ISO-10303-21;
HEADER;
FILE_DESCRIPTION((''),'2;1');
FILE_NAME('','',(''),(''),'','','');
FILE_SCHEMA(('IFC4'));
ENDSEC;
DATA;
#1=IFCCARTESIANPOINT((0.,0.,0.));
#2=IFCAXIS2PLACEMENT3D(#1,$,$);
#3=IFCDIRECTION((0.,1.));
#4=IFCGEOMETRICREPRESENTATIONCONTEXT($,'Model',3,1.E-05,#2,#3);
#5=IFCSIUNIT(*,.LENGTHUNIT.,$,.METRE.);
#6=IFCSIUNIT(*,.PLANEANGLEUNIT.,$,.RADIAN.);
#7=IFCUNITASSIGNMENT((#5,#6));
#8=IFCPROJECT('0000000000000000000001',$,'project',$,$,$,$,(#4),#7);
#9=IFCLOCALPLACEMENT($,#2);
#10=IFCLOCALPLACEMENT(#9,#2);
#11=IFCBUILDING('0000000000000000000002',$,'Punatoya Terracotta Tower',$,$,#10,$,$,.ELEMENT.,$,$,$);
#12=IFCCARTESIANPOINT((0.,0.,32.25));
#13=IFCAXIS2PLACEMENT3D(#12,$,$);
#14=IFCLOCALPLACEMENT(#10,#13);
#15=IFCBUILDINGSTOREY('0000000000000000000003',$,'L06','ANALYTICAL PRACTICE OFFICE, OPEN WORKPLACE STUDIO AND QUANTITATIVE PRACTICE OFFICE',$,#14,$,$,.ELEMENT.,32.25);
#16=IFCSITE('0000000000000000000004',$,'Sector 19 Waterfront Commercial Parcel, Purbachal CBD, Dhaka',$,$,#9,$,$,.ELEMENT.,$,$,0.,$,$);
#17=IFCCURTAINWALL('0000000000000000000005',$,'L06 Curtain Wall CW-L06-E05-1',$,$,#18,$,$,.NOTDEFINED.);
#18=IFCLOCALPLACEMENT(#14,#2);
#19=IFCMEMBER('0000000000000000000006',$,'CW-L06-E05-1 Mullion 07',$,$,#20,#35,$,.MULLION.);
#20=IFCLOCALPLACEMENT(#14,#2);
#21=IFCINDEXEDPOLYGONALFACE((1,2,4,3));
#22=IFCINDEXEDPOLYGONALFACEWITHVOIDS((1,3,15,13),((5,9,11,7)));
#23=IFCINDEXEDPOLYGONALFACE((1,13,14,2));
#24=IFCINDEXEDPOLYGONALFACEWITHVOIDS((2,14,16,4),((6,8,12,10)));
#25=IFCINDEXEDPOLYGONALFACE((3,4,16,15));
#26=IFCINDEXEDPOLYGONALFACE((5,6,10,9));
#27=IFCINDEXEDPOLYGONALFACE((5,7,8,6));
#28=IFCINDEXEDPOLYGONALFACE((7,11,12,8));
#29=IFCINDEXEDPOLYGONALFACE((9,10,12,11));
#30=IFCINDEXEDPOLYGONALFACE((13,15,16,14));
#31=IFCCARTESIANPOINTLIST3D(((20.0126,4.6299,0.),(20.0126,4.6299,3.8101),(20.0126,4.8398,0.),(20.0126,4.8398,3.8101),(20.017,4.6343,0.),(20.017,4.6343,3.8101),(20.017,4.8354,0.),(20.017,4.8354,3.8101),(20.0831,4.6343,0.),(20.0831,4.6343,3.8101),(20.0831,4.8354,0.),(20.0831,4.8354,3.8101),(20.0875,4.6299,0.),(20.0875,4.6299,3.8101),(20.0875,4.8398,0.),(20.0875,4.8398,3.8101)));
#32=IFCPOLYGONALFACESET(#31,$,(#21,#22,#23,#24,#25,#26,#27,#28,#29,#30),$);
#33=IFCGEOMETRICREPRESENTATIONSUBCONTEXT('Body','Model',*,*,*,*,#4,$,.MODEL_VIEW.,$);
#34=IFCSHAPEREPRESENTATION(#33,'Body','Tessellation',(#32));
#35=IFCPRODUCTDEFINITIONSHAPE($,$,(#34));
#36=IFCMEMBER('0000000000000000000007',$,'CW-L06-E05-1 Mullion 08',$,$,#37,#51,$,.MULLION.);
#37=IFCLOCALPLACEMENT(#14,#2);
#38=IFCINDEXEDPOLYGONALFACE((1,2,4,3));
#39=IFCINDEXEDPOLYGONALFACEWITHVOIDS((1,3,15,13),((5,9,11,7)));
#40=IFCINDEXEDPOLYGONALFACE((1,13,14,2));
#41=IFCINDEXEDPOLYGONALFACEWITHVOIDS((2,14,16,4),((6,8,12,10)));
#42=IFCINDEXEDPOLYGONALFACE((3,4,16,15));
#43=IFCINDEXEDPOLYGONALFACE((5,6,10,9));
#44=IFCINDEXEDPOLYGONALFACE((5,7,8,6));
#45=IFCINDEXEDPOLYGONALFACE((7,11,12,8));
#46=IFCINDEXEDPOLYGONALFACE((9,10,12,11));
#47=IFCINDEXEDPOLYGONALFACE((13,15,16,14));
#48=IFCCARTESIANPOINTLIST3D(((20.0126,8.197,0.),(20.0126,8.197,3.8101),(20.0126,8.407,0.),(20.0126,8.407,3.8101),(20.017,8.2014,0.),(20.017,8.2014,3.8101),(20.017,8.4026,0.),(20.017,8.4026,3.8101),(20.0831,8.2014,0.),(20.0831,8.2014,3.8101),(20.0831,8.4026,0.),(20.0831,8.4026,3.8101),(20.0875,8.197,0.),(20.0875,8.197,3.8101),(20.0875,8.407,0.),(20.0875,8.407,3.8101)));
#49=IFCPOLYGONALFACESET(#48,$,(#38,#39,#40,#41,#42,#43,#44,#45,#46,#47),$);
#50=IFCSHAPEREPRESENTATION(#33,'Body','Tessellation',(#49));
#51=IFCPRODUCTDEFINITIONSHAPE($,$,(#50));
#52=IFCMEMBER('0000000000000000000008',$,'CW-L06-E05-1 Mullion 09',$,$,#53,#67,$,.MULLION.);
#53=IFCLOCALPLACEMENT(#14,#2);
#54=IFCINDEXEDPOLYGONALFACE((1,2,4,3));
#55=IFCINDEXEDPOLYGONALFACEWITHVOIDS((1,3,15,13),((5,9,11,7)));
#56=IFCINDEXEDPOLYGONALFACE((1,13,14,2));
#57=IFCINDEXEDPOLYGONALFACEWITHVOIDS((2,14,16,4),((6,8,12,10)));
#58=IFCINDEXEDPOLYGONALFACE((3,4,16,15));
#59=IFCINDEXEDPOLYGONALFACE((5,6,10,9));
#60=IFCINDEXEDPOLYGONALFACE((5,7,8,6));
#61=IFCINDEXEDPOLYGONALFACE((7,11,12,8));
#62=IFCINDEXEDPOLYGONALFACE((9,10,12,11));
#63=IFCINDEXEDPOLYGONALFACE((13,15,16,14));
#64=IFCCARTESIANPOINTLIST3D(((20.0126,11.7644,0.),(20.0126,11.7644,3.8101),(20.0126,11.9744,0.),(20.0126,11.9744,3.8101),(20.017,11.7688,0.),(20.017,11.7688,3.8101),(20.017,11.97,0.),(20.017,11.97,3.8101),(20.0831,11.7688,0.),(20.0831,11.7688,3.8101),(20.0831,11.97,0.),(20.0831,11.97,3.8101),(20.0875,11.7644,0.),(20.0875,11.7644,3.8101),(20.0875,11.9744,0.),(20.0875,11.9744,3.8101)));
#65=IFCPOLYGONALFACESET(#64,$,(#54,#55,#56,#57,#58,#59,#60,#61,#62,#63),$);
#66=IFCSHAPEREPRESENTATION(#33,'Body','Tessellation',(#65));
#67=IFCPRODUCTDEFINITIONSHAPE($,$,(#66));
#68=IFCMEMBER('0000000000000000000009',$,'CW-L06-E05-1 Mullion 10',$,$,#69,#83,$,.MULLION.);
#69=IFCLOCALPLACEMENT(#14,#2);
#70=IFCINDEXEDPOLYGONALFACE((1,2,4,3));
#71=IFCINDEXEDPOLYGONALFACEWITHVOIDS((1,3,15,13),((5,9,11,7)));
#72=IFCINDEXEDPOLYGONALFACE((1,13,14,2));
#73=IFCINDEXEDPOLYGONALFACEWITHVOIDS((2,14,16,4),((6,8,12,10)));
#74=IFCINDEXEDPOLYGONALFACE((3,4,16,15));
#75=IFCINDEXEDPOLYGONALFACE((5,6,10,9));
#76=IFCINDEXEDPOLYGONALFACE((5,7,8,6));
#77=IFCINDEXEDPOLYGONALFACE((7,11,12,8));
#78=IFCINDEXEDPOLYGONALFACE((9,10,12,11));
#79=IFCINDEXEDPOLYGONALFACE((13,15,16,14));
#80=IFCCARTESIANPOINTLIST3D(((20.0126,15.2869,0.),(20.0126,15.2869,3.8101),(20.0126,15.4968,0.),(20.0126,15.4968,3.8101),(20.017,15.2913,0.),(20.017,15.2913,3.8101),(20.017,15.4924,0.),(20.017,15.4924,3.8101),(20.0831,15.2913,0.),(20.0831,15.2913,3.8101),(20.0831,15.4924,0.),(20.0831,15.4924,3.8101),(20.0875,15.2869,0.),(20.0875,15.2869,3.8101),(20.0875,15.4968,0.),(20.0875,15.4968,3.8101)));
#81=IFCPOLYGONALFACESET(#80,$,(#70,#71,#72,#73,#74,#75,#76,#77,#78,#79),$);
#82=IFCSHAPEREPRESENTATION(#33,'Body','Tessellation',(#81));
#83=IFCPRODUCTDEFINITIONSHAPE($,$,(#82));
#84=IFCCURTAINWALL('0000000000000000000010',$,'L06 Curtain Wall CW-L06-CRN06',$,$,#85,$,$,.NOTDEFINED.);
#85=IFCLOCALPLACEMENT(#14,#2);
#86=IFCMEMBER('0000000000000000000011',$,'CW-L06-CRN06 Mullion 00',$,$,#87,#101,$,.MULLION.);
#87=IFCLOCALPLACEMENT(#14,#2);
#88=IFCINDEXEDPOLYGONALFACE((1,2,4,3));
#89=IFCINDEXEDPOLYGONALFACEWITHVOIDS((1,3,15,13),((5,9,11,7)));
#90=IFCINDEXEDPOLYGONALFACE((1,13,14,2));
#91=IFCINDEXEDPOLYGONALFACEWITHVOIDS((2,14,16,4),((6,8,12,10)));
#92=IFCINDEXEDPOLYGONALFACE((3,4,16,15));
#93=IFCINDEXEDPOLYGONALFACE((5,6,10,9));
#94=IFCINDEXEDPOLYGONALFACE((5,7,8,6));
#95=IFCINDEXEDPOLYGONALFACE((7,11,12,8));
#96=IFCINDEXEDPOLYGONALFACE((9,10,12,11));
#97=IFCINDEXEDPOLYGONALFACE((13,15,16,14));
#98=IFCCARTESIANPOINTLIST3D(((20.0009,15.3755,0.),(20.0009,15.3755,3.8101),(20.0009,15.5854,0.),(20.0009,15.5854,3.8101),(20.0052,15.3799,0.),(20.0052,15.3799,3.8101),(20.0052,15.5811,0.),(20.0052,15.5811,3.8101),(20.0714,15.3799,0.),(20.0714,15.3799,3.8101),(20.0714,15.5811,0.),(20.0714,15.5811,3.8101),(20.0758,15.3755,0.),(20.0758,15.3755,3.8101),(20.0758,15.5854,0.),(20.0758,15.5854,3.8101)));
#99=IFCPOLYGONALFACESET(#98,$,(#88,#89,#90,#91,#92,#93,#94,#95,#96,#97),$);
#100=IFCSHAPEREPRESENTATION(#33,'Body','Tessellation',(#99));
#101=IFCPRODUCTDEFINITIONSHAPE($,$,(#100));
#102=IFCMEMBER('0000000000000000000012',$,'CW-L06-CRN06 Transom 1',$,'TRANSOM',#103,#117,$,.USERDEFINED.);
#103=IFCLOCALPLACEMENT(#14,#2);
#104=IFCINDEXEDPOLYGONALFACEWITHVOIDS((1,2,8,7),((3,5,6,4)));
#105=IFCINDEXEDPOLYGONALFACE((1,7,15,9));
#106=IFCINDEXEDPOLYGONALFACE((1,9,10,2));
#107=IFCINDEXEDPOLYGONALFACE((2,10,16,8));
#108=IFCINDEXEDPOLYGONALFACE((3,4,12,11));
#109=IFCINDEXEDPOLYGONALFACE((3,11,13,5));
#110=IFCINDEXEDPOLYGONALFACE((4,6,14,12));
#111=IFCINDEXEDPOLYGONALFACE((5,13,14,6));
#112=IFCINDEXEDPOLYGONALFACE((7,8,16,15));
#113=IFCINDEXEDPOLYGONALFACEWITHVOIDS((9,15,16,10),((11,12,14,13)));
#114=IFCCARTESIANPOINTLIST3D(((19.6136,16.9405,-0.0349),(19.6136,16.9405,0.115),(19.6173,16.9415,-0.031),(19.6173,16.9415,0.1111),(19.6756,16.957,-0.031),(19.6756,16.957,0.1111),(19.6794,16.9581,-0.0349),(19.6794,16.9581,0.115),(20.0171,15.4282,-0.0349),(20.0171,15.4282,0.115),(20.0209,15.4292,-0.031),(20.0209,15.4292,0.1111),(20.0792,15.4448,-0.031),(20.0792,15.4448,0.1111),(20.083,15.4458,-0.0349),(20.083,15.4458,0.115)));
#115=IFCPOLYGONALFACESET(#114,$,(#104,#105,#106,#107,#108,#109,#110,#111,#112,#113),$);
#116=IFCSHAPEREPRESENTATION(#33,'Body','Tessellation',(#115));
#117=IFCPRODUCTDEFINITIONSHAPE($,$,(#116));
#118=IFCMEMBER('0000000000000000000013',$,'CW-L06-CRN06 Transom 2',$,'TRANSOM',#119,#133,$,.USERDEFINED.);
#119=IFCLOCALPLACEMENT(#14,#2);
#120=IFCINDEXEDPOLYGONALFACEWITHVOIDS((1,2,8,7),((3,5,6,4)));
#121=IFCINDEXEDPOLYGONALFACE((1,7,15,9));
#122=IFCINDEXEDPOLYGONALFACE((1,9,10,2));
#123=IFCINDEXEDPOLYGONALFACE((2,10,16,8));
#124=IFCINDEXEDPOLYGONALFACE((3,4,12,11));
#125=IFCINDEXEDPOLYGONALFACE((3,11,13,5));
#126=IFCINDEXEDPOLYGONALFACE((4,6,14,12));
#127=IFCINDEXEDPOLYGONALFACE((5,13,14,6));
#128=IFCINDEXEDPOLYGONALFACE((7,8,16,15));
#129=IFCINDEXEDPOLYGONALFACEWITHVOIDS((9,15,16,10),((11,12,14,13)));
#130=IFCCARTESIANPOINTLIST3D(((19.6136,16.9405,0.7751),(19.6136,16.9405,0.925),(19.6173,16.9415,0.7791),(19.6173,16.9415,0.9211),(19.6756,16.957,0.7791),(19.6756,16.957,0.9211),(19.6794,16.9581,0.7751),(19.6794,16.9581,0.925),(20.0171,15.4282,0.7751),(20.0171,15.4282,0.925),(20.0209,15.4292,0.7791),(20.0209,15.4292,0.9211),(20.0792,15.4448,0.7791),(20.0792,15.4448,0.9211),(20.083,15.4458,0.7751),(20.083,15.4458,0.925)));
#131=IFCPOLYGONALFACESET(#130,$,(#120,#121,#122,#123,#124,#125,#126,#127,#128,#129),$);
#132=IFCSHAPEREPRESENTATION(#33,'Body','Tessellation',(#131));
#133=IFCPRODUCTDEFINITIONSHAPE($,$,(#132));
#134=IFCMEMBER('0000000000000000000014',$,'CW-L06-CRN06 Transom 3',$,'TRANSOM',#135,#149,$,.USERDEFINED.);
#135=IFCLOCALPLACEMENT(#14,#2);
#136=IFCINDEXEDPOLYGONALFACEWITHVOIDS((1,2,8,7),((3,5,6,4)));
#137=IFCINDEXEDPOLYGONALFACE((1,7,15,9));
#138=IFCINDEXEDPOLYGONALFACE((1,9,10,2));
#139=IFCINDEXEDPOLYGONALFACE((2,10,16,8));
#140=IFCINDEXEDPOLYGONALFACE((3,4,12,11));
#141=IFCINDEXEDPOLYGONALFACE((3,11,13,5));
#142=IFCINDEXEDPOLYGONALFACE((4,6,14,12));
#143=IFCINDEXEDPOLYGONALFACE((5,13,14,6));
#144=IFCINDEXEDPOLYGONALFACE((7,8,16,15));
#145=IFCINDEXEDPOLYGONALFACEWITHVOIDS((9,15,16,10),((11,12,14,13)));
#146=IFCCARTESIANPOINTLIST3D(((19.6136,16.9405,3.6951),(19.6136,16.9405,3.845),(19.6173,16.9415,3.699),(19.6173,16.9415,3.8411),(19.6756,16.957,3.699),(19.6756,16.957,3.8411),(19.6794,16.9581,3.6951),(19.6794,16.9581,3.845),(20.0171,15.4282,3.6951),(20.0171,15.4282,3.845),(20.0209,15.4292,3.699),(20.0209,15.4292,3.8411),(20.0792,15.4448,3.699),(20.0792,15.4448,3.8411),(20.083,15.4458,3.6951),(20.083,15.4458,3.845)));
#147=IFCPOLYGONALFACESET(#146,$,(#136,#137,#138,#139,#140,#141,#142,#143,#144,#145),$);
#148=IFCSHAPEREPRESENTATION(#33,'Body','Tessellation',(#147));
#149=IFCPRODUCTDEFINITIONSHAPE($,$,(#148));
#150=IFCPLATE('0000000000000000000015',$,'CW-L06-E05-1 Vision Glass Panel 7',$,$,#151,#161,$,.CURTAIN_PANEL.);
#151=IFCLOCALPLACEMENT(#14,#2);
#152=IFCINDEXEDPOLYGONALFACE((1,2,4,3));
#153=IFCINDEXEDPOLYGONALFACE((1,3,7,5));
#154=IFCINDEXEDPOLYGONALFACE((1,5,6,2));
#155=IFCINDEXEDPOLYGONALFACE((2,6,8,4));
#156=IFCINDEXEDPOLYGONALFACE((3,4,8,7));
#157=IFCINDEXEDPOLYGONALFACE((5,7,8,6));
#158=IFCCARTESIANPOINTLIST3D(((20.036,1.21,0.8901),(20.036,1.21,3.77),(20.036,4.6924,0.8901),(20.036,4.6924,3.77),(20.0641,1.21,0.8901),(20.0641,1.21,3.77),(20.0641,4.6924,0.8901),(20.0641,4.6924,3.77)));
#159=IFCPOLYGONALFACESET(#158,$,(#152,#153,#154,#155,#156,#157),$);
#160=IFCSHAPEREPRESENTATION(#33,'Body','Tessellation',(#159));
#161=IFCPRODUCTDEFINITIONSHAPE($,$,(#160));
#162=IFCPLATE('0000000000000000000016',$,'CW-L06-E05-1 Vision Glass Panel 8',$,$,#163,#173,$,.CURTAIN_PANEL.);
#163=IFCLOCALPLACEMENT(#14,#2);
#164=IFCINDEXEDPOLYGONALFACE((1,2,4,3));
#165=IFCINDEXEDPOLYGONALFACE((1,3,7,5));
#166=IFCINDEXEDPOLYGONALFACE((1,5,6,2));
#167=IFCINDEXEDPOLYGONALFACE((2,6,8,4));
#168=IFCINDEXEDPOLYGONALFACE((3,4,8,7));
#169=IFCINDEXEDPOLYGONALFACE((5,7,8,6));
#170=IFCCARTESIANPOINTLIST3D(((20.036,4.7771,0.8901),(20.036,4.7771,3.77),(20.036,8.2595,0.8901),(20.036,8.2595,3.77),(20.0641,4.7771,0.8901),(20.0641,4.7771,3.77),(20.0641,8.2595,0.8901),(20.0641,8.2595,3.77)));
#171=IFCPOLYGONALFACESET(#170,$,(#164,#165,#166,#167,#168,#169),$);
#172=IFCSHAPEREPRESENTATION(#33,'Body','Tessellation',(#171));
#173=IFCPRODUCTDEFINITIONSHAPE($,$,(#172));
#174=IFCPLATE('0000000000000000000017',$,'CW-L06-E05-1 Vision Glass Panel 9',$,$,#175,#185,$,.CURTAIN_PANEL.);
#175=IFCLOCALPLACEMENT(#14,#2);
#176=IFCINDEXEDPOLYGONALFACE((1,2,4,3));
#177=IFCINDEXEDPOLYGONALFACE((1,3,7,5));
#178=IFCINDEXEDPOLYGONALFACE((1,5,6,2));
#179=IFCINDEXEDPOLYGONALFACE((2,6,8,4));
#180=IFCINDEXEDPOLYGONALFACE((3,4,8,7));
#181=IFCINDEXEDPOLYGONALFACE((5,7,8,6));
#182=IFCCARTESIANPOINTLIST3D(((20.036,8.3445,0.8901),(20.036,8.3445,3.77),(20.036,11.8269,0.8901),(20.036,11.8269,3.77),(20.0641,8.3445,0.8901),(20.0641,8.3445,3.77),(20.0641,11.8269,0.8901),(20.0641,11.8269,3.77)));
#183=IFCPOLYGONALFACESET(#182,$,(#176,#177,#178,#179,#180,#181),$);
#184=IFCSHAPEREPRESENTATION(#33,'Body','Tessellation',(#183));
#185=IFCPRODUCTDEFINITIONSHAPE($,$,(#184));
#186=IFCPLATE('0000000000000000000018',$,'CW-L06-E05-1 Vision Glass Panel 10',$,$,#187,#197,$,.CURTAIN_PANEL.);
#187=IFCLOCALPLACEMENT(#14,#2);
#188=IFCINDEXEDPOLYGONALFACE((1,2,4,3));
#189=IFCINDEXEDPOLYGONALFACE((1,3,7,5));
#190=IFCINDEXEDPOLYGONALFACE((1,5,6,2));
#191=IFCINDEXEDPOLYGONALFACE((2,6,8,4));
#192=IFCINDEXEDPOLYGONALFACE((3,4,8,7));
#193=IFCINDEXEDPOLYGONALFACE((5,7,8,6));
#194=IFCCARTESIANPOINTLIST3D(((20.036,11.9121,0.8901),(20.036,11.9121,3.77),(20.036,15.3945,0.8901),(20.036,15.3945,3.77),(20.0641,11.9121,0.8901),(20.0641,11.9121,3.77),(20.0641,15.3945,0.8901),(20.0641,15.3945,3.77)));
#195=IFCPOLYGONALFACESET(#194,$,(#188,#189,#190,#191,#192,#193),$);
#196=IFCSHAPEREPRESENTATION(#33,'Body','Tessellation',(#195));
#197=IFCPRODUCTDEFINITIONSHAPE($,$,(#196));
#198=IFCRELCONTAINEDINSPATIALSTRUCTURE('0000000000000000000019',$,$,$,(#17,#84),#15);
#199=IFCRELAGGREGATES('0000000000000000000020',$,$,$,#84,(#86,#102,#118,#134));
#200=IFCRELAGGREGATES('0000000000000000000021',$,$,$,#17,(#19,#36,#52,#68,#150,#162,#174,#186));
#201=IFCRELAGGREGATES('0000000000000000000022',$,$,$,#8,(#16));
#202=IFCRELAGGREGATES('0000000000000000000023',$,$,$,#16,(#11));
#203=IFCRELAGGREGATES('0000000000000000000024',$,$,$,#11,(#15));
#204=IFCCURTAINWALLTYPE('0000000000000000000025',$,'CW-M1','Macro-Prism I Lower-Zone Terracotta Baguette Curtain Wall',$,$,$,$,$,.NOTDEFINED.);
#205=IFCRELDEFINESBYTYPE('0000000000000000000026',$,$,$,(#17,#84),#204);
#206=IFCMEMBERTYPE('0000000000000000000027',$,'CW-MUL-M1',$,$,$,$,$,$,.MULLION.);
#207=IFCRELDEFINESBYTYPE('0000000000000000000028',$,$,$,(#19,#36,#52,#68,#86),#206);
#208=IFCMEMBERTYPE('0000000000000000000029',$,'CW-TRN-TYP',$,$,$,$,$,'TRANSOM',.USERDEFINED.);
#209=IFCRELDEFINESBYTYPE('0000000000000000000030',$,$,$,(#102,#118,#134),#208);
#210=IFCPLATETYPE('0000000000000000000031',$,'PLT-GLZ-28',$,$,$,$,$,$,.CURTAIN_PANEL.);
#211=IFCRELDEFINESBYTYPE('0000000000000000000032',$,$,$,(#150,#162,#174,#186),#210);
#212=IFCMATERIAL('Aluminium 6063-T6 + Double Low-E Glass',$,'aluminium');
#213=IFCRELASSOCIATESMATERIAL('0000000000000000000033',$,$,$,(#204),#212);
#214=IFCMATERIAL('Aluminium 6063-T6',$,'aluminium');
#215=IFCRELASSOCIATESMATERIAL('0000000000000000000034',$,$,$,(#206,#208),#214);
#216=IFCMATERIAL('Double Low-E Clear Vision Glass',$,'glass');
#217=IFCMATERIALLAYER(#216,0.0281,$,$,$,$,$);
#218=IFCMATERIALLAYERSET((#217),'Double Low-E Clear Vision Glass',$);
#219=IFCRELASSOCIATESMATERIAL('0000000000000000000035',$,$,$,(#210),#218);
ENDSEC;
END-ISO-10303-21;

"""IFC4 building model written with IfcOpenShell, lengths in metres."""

from ifc_helpers import new_model, si_unit, direction, frame, origin, origin_2d, place, context, subcontext, project, spatial, rectangle, hollow_rectangle, extrude, material, layer, layer_set, material_profile, profile_set, type_object, element, aggregate, save


model = new_model("IFC4")

# Units and contexts
model_context = context("Model", 3, precision=1e-05, world=origin(), true_north=direction((0.0, 1.0)))
body_context = subcontext(model_context, "Body", "Model", "MODEL_VIEW")
ifc_project = project(units=[si_unit("LENGTHUNIT", "METRE"), si_unit("PLANEANGLEUNIT", "RADIAN")], contexts=[model_context])

# Site, building, storey
site_placement = place(None, origin())
site = spatial("IfcSite", under=ifc_project, at=site_placement, Name="Sector 19 Waterfront Commercial Parcel, Purbachal CBD, Dhaka", CompositionType="ELEMENT", RefElevation=0.0)
building_placement = place(site_placement, origin())
building = spatial("IfcBuilding", under=site, at=building_placement, Name="Punatoya Terracotta Tower", CompositionType="ELEMENT")
storey_placement = place(building_placement, frame((0.0, 0.0, 32.25)))
storey = spatial("IfcBuildingStorey", under=building, at=storey_placement, Name="L06", Description="ANALYTICAL PRACTICE OFFICE, OPEN WORKPLACE STUDIO AND QUANTITATIVE PRACTICE OFFICE", CompositionType="ELEMENT", Elevation=32.25)

# Curtain walls, members
ifc_material_1 = material(Name="Aluminium 6063-T6 + Double Low-E Glass", Category="aluminium")
curtain_wall_type = type_object("IfcCurtainWallType", Name="CW-M1", Description="Macro-Prism I Lower-Zone Terracotta Baguette Curtain Wall", PredefinedType="NOTDEFINED", material=ifc_material_1)
curtain_wall_1_placement = place(storey_placement, origin())
curtain_wall_1 = element("IfcCurtainWall", 1, at=curtain_wall_1_placement, inside=storey, type_object=curtain_wall_type, Name="L06 Curtain Wall CW-L06-E05-1", PredefinedType="NOTDEFINED")
ifc_material_2 = material(Name="Aluminium 6063-T6", Category="aluminium")
ifc_material_profile_1 = material_profile(ifc_material_2, hollow_rectangle(XDim=0.075, YDim=0.21, WallThickness=0.0044, at=origin_2d()))
ifc_profile_set_1 = profile_set([ifc_material_profile_1], Name="Aluminium 6063-T6")
member_type_1 = type_object("IfcMemberType", Name="CW-MUL-M1", PredefinedType="MULLION", material=ifc_profile_set_1)
member_1_placement = place(storey_placement, frame((20.05, 4.7349, 0.0), z_axis=(0.0, 0.0, 1.0), x_axis=(1.0, 0.0, 0.0)))
member_1 = element("IfcMember", 2, at=member_1_placement, type_object=member_type_1, Name="CW-L06-E05-1 Mullion 07", PredefinedType="MULLION", context=body_context, shape_type="SweptSolid", body=[
    extrude(hollow_rectangle(XDim=0.075, YDim=0.21, WallThickness=0.0044, at=origin_2d()), origin(), (0.0, 0.0, 1.0), 3.8101),
])
member_2_placement = place(storey_placement, frame((20.05, 8.302, 0.0), z_axis=(0.0, 0.0, 1.0), x_axis=(1.0, 0.0, 0.0)))
member_2 = element("IfcMember", 3, at=member_2_placement, type_object=member_type_1, Name="CW-L06-E05-1 Mullion 08", PredefinedType="MULLION", context=body_context, shape_type="SweptSolid", body=[
    extrude(hollow_rectangle(XDim=0.075, YDim=0.21, WallThickness=0.0044, at=origin_2d()), origin(), (0.0, 0.0, 1.0), 3.8101),
])
member_3_placement = place(storey_placement, frame((20.05, 11.8694, 0.0), z_axis=(0.0, 0.0, 1.0), x_axis=(1.0, 0.0, 0.0)))
member_3 = element("IfcMember", 4, at=member_3_placement, type_object=member_type_1, Name="CW-L06-E05-1 Mullion 09", PredefinedType="MULLION", context=body_context, shape_type="SweptSolid", body=[
    extrude(hollow_rectangle(XDim=0.075, YDim=0.21, WallThickness=0.0044, at=origin_2d()), origin(), (0.0, 0.0, 1.0), 3.8101),
])
member_4_placement = place(storey_placement, frame((20.05, 15.3918, 0.0), z_axis=(0.0, 0.0, 1.0), x_axis=(1.0, 0.0, 0.0)))
member_4 = element("IfcMember", 5, at=member_4_placement, type_object=member_type_1, Name="CW-L06-E05-1 Mullion 10", PredefinedType="MULLION", context=body_context, shape_type="SweptSolid", body=[
    extrude(hollow_rectangle(XDim=0.075, YDim=0.21, WallThickness=0.0044, at=origin_2d()), origin(), (0.0, 0.0, 1.0), 3.8101),
])
curtain_wall_2_placement = place(storey_placement, origin())
curtain_wall_2 = element("IfcCurtainWall", 6, at=curtain_wall_2_placement, inside=storey, type_object=curtain_wall_type, Name="L06 Curtain Wall CW-L06-CRN06", PredefinedType="NOTDEFINED")
member_5_placement = place(storey_placement, frame((20.0383, 15.4805, 0.0), z_axis=(0.0, 0.0, 1.0), x_axis=(1.0, 0.0, 0.0)))
member_5 = element("IfcMember", 7, at=member_5_placement, type_object=member_type_1, Name="CW-L06-CRN06 Mullion 00", PredefinedType="MULLION", context=body_context, shape_type="SweptSolid", body=[
    extrude(hollow_rectangle(XDim=0.075, YDim=0.21, WallThickness=0.0044, at=origin_2d()), origin(), (0.0, 0.0, 1.0), 3.8101),
])
ifc_material_profile_2 = material_profile(ifc_material_2, hollow_rectangle(XDim=0.0681, YDim=0.1499, WallThickness=0.0039, at=origin_2d()))
ifc_profile_set_2 = profile_set([ifc_material_profile_2], Name="Aluminium 6063-T6")
member_type_2 = type_object("IfcMemberType", Name="CW-TRN-TYP", ElementType="TRANSOM", PredefinedType="USERDEFINED", material=ifc_profile_set_2)
member_6_placement = place(storey_placement, frame((20.05, 15.437, 0.04), z_axis=(-0.257847, 0.966186, 0.0), x_axis=(-0.966186, -0.257847, 0.0)))
member_6 = element("IfcMember", 8, at=member_6_placement, type_object=member_type_2, Name="CW-L06-CRN06 Transom 1", ObjectType="TRANSOM", PredefinedType="USERDEFINED", context=body_context, shape_type="SweptSolid", body=[
    extrude(hollow_rectangle(XDim=0.0681, YDim=0.1499, WallThickness=0.0039, at=origin_2d()), origin(), (0.0, 0.0, 1.0), 1.5652),
])
member_7_placement = place(storey_placement, frame((20.05, 15.437, 0.8501), z_axis=(-0.257847, 0.966186, 0.0), x_axis=(-0.966186, -0.257847, 0.0)))
member_7 = element("IfcMember", 9, at=member_7_placement, type_object=member_type_2, Name="CW-L06-CRN06 Transom 2", ObjectType="TRANSOM", PredefinedType="USERDEFINED", context=body_context, shape_type="SweptSolid", body=[
    extrude(hollow_rectangle(XDim=0.0681, YDim=0.1499, WallThickness=0.0039, at=origin_2d()), origin(), (0.0, 0.0, 1.0), 1.5652),
])
member_8_placement = place(storey_placement, frame((20.05, 15.437, 3.77), z_axis=(-0.257847, 0.966186, 0.0), x_axis=(-0.966186, -0.257847, 0.0)))
member_8 = element("IfcMember", 10, at=member_8_placement, type_object=member_type_2, Name="CW-L06-CRN06 Transom 3", ObjectType="TRANSOM", PredefinedType="USERDEFINED", context=body_context, shape_type="SweptSolid", body=[
    extrude(hollow_rectangle(XDim=0.0681, YDim=0.1499, WallThickness=0.0039, at=origin_2d()), origin(), (0.0, 0.0, 1.0), 1.5652),
])
aggregate(curtain_wall_2, [member_5, member_6, member_7, member_8])

# Plates
ifc_material_3 = material(Name="Double Low-E Clear Vision Glass", Category="glass")
ifc_layer_1 = layer(ifc_material_3, 0.0281)
ifc_layer_set_1 = layer_set([ifc_layer_1], Name="Double Low-E Clear Vision Glass")
plate_type_1 = type_object("IfcPlateType", Name="PLT-GLZ-28", PredefinedType="CURTAIN_PANEL", material=ifc_layer_set_1)
plate_1_placement = place(storey_placement, frame((20.05, 2.9512, 0.8901), z_axis=(0.0, 0.0, 1.0), x_axis=(0.0, 1.0, 0.0)))
plate_1 = element("IfcPlate", 11, at=plate_1_placement, type_object=plate_type_1, Name="CW-L06-E05-1 Vision Glass Panel 7", PredefinedType="CURTAIN_PANEL", context=body_context, shape_type="SweptSolid", body=[
    extrude(rectangle(XDim=3.4824, YDim=0.0281, at=origin_2d()), origin(), (0.0, 0.0, 1.0), 2.8799),
])
plate_2_placement = place(storey_placement, frame((20.05, 6.5183, 0.8901), z_axis=(0.0, 0.0, 1.0), x_axis=(0.0, 1.0, 0.0)))
plate_2 = element("IfcPlate", 12, at=plate_2_placement, type_object=plate_type_1, Name="CW-L06-E05-1 Vision Glass Panel 8", PredefinedType="CURTAIN_PANEL", context=body_context, shape_type="SweptSolid", body=[
    extrude(rectangle(XDim=3.4824, YDim=0.0281, at=origin_2d()), origin(), (0.0, 0.0, 1.0), 2.8799),
])
plate_3_placement = place(storey_placement, frame((20.05, 10.0857, 0.8901), z_axis=(0.0, 0.0, 1.0), x_axis=(0.0, 1.0, 0.0)))
plate_3 = element("IfcPlate", 13, at=plate_3_placement, type_object=plate_type_1, Name="CW-L06-E05-1 Vision Glass Panel 9", PredefinedType="CURTAIN_PANEL", context=body_context, shape_type="SweptSolid", body=[
    extrude(rectangle(XDim=3.4824, YDim=0.0281, at=origin_2d()), origin(), (0.0, 0.0, 1.0), 2.8799),
])
plate_4_placement = place(storey_placement, frame((20.05, 13.6533, 0.8901), z_axis=(0.0, 0.0, 1.0), x_axis=(0.0, 1.0, 0.0)))
plate_4 = element("IfcPlate", 14, at=plate_4_placement, type_object=plate_type_1, Name="CW-L06-E05-1 Vision Glass Panel 10", PredefinedType="CURTAIN_PANEL", context=body_context, shape_type="SweptSolid", body=[
    extrude(rectangle(XDim=3.4824, YDim=0.0281, at=origin_2d()), origin(), (0.0, 0.0, 1.0), 2.8799),
])
aggregate(curtain_wall_1, [member_1, member_2, member_3, member_4, plate_1, plate_2, plate_3, plate_4])

save(model, "model.ifc")
